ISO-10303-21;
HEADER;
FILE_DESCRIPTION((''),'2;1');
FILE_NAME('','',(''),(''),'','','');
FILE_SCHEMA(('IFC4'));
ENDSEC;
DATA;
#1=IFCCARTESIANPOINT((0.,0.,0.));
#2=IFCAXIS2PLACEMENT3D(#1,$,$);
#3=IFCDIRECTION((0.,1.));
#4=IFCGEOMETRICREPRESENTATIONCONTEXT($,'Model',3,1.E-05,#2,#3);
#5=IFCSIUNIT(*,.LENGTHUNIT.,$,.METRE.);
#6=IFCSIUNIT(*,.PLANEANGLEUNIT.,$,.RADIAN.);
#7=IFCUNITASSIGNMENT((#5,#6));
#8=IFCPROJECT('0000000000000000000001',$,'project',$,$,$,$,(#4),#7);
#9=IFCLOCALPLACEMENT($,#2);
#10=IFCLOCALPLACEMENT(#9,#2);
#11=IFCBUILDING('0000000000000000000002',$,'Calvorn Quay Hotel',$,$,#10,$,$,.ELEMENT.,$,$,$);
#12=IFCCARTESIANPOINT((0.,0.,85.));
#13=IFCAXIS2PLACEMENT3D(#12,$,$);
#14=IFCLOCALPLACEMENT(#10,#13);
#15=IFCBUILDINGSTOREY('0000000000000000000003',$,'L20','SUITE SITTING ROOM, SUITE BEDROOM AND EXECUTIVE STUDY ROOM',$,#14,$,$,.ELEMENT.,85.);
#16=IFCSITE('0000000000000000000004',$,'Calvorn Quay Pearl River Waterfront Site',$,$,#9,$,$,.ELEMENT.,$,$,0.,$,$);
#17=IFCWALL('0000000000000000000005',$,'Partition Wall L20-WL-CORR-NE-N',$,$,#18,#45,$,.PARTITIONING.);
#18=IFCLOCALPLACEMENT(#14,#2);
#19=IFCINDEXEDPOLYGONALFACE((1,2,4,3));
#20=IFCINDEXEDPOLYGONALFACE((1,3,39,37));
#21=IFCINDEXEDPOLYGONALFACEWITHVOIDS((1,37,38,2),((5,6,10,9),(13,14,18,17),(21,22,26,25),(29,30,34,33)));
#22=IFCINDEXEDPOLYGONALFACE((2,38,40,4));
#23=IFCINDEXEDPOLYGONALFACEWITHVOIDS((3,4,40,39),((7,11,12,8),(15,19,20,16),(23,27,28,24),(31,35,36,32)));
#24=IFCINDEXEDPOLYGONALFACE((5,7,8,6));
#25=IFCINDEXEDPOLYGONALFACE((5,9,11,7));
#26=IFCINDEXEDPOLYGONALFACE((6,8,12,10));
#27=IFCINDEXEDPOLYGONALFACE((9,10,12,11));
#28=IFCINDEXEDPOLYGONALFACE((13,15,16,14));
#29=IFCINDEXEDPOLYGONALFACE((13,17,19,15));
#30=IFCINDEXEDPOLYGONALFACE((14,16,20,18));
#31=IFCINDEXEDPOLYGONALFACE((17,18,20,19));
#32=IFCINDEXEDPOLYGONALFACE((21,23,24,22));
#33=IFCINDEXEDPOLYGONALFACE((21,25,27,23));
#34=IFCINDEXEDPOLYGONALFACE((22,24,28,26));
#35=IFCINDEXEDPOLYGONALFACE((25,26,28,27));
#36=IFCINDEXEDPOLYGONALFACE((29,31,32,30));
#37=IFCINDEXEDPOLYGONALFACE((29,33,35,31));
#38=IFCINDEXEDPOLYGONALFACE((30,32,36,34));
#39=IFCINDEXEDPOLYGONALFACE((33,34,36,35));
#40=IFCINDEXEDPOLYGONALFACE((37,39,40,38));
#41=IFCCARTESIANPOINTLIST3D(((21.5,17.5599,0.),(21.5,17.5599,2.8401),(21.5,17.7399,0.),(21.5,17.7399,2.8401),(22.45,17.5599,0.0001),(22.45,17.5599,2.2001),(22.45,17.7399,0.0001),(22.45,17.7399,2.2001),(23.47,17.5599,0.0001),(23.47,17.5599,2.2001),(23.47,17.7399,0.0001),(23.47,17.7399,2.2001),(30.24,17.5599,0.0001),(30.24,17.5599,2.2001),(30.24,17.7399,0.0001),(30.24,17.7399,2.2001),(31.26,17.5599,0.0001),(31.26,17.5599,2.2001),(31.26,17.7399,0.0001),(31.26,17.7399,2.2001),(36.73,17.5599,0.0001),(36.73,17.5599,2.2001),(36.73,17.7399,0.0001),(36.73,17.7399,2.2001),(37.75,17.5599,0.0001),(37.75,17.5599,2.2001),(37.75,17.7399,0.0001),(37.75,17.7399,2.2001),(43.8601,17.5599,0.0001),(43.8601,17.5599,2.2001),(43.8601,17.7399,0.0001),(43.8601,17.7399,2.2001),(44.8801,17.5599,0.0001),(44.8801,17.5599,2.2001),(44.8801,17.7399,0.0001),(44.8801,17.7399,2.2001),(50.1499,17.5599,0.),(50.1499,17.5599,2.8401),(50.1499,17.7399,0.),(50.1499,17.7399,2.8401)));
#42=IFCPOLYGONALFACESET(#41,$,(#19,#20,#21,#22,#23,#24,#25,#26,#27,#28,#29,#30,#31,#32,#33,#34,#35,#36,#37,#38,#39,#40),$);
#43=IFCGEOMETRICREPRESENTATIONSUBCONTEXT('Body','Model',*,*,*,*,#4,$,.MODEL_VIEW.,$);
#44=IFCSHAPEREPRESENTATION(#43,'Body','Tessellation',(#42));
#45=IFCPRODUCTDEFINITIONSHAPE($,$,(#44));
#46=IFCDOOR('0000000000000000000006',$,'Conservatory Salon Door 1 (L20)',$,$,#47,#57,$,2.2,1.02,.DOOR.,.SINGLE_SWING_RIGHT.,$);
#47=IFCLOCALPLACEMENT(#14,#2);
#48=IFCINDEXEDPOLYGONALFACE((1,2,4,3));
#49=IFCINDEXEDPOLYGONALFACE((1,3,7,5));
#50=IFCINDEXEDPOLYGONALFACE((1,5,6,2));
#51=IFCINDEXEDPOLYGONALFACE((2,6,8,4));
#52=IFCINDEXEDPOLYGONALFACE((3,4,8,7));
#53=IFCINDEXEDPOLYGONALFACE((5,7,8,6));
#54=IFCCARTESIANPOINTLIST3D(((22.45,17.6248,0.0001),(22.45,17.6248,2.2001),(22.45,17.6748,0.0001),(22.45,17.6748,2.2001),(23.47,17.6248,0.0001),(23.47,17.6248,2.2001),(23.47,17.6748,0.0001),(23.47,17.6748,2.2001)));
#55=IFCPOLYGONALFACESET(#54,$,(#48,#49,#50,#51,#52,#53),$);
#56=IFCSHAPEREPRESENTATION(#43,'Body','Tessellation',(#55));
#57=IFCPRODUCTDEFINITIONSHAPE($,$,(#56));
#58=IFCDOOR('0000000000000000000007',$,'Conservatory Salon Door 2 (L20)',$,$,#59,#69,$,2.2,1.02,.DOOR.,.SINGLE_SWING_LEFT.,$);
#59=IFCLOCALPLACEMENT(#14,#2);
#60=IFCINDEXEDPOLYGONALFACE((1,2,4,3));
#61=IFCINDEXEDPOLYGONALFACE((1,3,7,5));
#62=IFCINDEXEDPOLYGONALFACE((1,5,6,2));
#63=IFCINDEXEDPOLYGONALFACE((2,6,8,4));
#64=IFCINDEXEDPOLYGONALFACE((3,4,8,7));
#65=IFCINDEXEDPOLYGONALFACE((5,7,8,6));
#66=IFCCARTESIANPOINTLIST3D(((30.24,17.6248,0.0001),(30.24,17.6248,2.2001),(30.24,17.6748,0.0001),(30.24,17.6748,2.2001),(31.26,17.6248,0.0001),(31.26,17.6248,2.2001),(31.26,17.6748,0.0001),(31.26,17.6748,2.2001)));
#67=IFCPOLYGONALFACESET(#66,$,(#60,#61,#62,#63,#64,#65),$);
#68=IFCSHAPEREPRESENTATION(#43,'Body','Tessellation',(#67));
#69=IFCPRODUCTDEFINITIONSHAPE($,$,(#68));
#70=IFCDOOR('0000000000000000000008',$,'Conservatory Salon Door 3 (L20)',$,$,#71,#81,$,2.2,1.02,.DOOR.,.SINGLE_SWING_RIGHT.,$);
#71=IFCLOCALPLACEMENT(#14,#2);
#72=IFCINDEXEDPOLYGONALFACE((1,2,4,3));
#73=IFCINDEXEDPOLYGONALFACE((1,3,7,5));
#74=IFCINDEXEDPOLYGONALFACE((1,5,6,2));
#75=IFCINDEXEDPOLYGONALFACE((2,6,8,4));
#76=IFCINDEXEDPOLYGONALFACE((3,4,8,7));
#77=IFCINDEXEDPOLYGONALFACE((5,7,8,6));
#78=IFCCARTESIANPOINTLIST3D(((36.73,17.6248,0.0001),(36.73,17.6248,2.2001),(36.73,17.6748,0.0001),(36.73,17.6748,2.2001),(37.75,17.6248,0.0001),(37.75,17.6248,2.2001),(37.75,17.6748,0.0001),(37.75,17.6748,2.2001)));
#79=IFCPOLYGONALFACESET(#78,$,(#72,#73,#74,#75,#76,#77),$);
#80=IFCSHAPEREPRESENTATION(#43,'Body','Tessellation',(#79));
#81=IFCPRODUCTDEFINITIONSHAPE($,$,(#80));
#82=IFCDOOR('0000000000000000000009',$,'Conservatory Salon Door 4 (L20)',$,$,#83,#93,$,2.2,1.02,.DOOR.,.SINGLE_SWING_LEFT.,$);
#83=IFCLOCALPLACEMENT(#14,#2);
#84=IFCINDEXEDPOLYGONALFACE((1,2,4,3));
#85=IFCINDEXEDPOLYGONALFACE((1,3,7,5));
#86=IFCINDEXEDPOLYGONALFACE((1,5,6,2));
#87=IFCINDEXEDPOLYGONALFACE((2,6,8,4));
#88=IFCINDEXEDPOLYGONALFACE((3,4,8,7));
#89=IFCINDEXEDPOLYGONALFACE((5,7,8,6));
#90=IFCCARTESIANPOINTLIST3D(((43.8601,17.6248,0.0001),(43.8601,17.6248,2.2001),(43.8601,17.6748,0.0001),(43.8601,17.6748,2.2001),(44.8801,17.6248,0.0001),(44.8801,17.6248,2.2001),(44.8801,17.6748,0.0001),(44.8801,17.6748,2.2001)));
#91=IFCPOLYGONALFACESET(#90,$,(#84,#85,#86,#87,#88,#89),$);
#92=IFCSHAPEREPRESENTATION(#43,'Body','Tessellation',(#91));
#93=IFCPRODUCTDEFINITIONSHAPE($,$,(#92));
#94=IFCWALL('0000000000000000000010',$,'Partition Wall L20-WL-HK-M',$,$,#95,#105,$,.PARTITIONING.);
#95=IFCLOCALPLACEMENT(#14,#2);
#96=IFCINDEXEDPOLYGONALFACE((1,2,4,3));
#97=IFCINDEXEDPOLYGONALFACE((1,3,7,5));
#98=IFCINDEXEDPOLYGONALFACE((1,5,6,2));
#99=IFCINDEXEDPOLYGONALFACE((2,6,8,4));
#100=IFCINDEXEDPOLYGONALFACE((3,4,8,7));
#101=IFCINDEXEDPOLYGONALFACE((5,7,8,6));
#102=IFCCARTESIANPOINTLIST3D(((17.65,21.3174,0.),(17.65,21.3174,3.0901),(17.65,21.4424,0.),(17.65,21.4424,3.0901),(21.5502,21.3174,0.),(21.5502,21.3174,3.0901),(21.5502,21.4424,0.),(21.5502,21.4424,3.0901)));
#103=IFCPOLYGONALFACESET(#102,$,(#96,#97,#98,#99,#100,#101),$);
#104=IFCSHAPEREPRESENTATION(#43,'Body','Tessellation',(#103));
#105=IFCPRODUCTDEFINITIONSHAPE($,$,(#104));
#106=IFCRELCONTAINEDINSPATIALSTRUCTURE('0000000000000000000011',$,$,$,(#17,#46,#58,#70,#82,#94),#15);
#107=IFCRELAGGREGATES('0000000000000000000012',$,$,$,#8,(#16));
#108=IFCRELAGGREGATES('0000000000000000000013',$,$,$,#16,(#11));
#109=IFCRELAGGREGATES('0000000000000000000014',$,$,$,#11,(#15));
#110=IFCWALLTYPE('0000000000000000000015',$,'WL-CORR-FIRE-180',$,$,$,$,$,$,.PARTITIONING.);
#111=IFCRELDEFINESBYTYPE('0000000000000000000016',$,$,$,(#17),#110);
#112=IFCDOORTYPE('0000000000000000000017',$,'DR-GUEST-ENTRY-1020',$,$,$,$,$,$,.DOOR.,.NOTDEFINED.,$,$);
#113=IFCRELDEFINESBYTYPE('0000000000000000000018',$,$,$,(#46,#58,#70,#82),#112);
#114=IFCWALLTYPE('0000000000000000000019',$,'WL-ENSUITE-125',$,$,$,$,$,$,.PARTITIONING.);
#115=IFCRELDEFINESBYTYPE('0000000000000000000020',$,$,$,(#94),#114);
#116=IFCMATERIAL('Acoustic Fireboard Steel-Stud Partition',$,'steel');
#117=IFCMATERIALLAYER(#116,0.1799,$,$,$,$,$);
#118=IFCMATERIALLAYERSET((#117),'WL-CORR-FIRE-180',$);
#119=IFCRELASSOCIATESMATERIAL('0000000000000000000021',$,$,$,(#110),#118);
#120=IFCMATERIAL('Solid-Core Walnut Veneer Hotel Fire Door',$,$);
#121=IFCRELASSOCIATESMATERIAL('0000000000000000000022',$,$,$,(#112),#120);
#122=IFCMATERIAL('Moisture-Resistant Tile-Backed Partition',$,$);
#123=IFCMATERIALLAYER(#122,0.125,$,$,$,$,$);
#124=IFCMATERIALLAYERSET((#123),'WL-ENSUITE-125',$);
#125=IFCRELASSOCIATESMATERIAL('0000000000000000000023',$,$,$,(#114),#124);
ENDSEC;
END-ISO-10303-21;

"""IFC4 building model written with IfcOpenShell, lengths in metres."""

from ifc_helpers import new_model, si_unit, direction, frame, frame_2d, origin, place, context, subcontext, project, spatial, rectangle, extrude, material, layer, layer_set, type_object, element, fill, save


model = new_model("IFC4")

# Units and contexts
model_context = context("Model", 3, precision=1e-05, world=origin(), true_north=direction((0.0, 1.0)))
body_context = subcontext(model_context, "Body", "Model", "MODEL_VIEW")
ifc_project = project(units=[si_unit("LENGTHUNIT", "METRE"), si_unit("PLANEANGLEUNIT", "RADIAN")], contexts=[model_context])

# Site, building, storey
site_placement = place(None, origin())
site = spatial("IfcSite", under=ifc_project, at=site_placement, Name="Calvorn Quay Pearl River Waterfront Site", CompositionType="ELEMENT", RefElevation=0.0)
building_placement = place(site_placement, origin())
building = spatial("IfcBuilding", under=site, at=building_placement, Name="Calvorn Quay Hotel", CompositionType="ELEMENT")
storey_placement = place(building_placement, frame((0.0, 0.0, 85.0)))
storey = spatial("IfcBuildingStorey", under=building, at=storey_placement, Name="L20", Description="SUITE SITTING ROOM, SUITE BEDROOM AND EXECUTIVE STUDY ROOM", CompositionType="ELEMENT", Elevation=85.0)

# Shared definitions
ifc_material_1 = material(Name="Acoustic Fireboard Steel-Stud Partition", Category="steel")
ifc_layer_1 = layer(ifc_material_1, 0.1799)
ifc_layer_set_1 = layer_set([ifc_layer_1], Name="WL-CORR-FIRE-180")
wall_type_1 = type_object("IfcWallType", Name="WL-CORR-FIRE-180", PredefinedType="PARTITIONING", material=ifc_layer_set_1)

# Wall, openings, doors
wall_1_placement = place(storey_placement, frame((21.5, 17.6499, 0.0), z_axis=(0.0, 0.0, 1.0), x_axis=(1.0, 0.0, 0.0)))
wall_1 = element("IfcWall", 1, at=wall_1_placement, inside=storey, type_object=wall_type_1, Name="Partition Wall L20-WL-CORR-NE-N", PredefinedType="PARTITIONING", context=body_context, shape_type="SweptSolid", body=[
    extrude(rectangle(XDim=28.6499, YDim=0.1799, at=frame_2d((14.325, 0.0))), origin(), (0.0, 0.0, 1.0), 2.8401),
])
opening_1_placement = place(wall_1_placement, frame((0.95, 0.0, 0.0)))
opening_1 = element("IfcOpeningElement", 2, at=opening_1_placement, cuts=wall_1, PredefinedType="OPENING", context=body_context, shape_type="SweptSolid", body=[
    extrude(rectangle(XDim=1.02, YDim=2.2, at=frame_2d((0.51, 1.1001))), frame((0.0, 0.0999, 0.0), z_axis=(0.0, -1.0, 0.0), x_axis=(1.0, 0.0, 0.0)), (0.0, 0.0, 1.0), 0.2),
])
opening_2_placement = place(wall_1_placement, frame((8.74, 0.0, 0.0)))
opening_2 = element("IfcOpeningElement", 3, at=opening_2_placement, cuts=wall_1, PredefinedType="OPENING", context=body_context, shape_type="SweptSolid", body=[
    extrude(rectangle(XDim=1.02, YDim=2.2, at=frame_2d((0.51, 1.1001))), frame((0.0, 0.0999, 0.0), z_axis=(0.0, -1.0, 0.0), x_axis=(1.0, 0.0, 0.0)), (0.0, 0.0, 1.0), 0.2),
])
opening_3_placement = place(wall_1_placement, frame((15.23, 0.0, 0.0)))
opening_3 = element("IfcOpeningElement", 4, at=opening_3_placement, cuts=wall_1, PredefinedType="OPENING", context=body_context, shape_type="SweptSolid", body=[
    extrude(rectangle(XDim=1.02, YDim=2.2, at=frame_2d((0.51, 1.1001))), frame((0.0, 0.0999, 0.0), z_axis=(0.0, -1.0, 0.0), x_axis=(1.0, 0.0, 0.0)), (0.0, 0.0, 1.0), 0.2),
])
opening_4_placement = place(wall_1_placement, frame((22.3601, 0.0, 0.0)))
opening_4 = element("IfcOpeningElement", 5, at=opening_4_placement, cuts=wall_1, PredefinedType="OPENING", context=body_context, shape_type="SweptSolid", body=[
    extrude(rectangle(XDim=1.02, YDim=2.2, at=frame_2d((0.51, 1.1001))), frame((0.0, 0.0999, 0.0), z_axis=(0.0, -1.0, 0.0), x_axis=(1.0, 0.0, 0.0)), (0.0, 0.0, 1.0), 0.2),
])
ifc_material_2 = material(Name="Solid-Core Walnut Veneer Hotel Fire Door")
door_type_1 = type_object("IfcDoorType", Name="DR-GUEST-ENTRY-1020", OperationType="NOTDEFINED", PredefinedType="DOOR", material=ifc_material_2)
door_1_placement = place(opening_1_placement, origin())
door_1 = element("IfcDoor", 6, at=door_1_placement, inside=storey, type_object=door_type_1, Name="Conservatory Salon Door 1 (L20)", OperationType="SINGLE_SWING_RIGHT", OverallHeight=2.2, OverallWidth=1.02, PredefinedType="DOOR", context=body_context, shape_type="SweptSolid", body=[
    extrude(rectangle(XDim=1.02, YDim=2.2, at=frame_2d((0.51, 1.1001))), frame((0.0, 0.0249, 0.0), z_axis=(0.0, -1.0, 0.0), x_axis=(1.0, 0.0, 0.0)), (0.0, 0.0, 1.0), 0.05),
])
fill(opening_1, door_1)
door_2_placement = place(opening_2_placement, origin())
door_2 = element("IfcDoor", 7, at=door_2_placement, inside=storey, type_object=door_type_1, Name="Conservatory Salon Door 2 (L20)", OperationType="SINGLE_SWING_LEFT", OverallHeight=2.2, OverallWidth=1.02, PredefinedType="DOOR", context=body_context, shape_type="SweptSolid", body=[
    extrude(rectangle(XDim=1.02, YDim=2.2, at=frame_2d((0.51, 1.1001))), frame((0.0, 0.0249, 0.0), z_axis=(0.0, -1.0, 0.0), x_axis=(1.0, 0.0, 0.0)), (0.0, 0.0, 1.0), 0.05),
])
fill(opening_2, door_2)
door_3_placement = place(opening_3_placement, origin())
door_3 = element("IfcDoor", 8, at=door_3_placement, inside=storey, type_object=door_type_1, Name="Conservatory Salon Door 3 (L20)", OperationType="SINGLE_SWING_RIGHT", OverallHeight=2.2, OverallWidth=1.02, PredefinedType="DOOR", context=body_context, shape_type="SweptSolid", body=[
    extrude(rectangle(XDim=1.02, YDim=2.2, at=frame_2d((0.51, 1.1001))), frame((0.0, 0.0249, 0.0), z_axis=(0.0, -1.0, 0.0), x_axis=(1.0, 0.0, 0.0)), (0.0, 0.0, 1.0), 0.05),
])
fill(opening_3, door_3)
door_4_placement = place(opening_4_placement, origin())
door_4 = element("IfcDoor", 9, at=door_4_placement, inside=storey, type_object=door_type_1, Name="Conservatory Salon Door 4 (L20)", OperationType="SINGLE_SWING_LEFT", OverallHeight=2.2, OverallWidth=1.02, PredefinedType="DOOR", context=body_context, shape_type="SweptSolid", body=[
    extrude(rectangle(XDim=1.02, YDim=2.2, at=frame_2d((0.51, 1.1001))), frame((0.0, 0.0249, 0.0), z_axis=(0.0, -1.0, 0.0), x_axis=(1.0, 0.0, 0.0)), (0.0, 0.0, 1.0), 0.05),
])
fill(opening_4, door_4)

# Wall
ifc_material_3 = material(Name="Moisture-Resistant Tile-Backed Partition")
ifc_layer_2 = layer(ifc_material_3, 0.125)
ifc_layer_set_2 = layer_set([ifc_layer_2], Name="WL-ENSUITE-125")
wall_type_2 = type_object("IfcWallType", Name="WL-ENSUITE-125", PredefinedType="PARTITIONING", material=ifc_layer_set_2)
wall_2_placement = place(storey_placement, frame((17.6499, 21.3799, 0.0), z_axis=(0.0, 0.0, 1.0), x_axis=(1.0, 0.0, 0.0)))
element("IfcWall", 10, at=wall_2_placement, inside=storey, type_object=wall_type_2, Name="Partition Wall L20-WL-HK-M", PredefinedType="PARTITIONING", context=body_context, shape_type="SweptSolid", body=[
    extrude(rectangle(XDim=3.9001, YDim=0.125, at=frame_2d((1.9502, 0.0))), origin(), (0.0, 0.0, 1.0), 3.0901),
])

save(model, "model.ifc")
